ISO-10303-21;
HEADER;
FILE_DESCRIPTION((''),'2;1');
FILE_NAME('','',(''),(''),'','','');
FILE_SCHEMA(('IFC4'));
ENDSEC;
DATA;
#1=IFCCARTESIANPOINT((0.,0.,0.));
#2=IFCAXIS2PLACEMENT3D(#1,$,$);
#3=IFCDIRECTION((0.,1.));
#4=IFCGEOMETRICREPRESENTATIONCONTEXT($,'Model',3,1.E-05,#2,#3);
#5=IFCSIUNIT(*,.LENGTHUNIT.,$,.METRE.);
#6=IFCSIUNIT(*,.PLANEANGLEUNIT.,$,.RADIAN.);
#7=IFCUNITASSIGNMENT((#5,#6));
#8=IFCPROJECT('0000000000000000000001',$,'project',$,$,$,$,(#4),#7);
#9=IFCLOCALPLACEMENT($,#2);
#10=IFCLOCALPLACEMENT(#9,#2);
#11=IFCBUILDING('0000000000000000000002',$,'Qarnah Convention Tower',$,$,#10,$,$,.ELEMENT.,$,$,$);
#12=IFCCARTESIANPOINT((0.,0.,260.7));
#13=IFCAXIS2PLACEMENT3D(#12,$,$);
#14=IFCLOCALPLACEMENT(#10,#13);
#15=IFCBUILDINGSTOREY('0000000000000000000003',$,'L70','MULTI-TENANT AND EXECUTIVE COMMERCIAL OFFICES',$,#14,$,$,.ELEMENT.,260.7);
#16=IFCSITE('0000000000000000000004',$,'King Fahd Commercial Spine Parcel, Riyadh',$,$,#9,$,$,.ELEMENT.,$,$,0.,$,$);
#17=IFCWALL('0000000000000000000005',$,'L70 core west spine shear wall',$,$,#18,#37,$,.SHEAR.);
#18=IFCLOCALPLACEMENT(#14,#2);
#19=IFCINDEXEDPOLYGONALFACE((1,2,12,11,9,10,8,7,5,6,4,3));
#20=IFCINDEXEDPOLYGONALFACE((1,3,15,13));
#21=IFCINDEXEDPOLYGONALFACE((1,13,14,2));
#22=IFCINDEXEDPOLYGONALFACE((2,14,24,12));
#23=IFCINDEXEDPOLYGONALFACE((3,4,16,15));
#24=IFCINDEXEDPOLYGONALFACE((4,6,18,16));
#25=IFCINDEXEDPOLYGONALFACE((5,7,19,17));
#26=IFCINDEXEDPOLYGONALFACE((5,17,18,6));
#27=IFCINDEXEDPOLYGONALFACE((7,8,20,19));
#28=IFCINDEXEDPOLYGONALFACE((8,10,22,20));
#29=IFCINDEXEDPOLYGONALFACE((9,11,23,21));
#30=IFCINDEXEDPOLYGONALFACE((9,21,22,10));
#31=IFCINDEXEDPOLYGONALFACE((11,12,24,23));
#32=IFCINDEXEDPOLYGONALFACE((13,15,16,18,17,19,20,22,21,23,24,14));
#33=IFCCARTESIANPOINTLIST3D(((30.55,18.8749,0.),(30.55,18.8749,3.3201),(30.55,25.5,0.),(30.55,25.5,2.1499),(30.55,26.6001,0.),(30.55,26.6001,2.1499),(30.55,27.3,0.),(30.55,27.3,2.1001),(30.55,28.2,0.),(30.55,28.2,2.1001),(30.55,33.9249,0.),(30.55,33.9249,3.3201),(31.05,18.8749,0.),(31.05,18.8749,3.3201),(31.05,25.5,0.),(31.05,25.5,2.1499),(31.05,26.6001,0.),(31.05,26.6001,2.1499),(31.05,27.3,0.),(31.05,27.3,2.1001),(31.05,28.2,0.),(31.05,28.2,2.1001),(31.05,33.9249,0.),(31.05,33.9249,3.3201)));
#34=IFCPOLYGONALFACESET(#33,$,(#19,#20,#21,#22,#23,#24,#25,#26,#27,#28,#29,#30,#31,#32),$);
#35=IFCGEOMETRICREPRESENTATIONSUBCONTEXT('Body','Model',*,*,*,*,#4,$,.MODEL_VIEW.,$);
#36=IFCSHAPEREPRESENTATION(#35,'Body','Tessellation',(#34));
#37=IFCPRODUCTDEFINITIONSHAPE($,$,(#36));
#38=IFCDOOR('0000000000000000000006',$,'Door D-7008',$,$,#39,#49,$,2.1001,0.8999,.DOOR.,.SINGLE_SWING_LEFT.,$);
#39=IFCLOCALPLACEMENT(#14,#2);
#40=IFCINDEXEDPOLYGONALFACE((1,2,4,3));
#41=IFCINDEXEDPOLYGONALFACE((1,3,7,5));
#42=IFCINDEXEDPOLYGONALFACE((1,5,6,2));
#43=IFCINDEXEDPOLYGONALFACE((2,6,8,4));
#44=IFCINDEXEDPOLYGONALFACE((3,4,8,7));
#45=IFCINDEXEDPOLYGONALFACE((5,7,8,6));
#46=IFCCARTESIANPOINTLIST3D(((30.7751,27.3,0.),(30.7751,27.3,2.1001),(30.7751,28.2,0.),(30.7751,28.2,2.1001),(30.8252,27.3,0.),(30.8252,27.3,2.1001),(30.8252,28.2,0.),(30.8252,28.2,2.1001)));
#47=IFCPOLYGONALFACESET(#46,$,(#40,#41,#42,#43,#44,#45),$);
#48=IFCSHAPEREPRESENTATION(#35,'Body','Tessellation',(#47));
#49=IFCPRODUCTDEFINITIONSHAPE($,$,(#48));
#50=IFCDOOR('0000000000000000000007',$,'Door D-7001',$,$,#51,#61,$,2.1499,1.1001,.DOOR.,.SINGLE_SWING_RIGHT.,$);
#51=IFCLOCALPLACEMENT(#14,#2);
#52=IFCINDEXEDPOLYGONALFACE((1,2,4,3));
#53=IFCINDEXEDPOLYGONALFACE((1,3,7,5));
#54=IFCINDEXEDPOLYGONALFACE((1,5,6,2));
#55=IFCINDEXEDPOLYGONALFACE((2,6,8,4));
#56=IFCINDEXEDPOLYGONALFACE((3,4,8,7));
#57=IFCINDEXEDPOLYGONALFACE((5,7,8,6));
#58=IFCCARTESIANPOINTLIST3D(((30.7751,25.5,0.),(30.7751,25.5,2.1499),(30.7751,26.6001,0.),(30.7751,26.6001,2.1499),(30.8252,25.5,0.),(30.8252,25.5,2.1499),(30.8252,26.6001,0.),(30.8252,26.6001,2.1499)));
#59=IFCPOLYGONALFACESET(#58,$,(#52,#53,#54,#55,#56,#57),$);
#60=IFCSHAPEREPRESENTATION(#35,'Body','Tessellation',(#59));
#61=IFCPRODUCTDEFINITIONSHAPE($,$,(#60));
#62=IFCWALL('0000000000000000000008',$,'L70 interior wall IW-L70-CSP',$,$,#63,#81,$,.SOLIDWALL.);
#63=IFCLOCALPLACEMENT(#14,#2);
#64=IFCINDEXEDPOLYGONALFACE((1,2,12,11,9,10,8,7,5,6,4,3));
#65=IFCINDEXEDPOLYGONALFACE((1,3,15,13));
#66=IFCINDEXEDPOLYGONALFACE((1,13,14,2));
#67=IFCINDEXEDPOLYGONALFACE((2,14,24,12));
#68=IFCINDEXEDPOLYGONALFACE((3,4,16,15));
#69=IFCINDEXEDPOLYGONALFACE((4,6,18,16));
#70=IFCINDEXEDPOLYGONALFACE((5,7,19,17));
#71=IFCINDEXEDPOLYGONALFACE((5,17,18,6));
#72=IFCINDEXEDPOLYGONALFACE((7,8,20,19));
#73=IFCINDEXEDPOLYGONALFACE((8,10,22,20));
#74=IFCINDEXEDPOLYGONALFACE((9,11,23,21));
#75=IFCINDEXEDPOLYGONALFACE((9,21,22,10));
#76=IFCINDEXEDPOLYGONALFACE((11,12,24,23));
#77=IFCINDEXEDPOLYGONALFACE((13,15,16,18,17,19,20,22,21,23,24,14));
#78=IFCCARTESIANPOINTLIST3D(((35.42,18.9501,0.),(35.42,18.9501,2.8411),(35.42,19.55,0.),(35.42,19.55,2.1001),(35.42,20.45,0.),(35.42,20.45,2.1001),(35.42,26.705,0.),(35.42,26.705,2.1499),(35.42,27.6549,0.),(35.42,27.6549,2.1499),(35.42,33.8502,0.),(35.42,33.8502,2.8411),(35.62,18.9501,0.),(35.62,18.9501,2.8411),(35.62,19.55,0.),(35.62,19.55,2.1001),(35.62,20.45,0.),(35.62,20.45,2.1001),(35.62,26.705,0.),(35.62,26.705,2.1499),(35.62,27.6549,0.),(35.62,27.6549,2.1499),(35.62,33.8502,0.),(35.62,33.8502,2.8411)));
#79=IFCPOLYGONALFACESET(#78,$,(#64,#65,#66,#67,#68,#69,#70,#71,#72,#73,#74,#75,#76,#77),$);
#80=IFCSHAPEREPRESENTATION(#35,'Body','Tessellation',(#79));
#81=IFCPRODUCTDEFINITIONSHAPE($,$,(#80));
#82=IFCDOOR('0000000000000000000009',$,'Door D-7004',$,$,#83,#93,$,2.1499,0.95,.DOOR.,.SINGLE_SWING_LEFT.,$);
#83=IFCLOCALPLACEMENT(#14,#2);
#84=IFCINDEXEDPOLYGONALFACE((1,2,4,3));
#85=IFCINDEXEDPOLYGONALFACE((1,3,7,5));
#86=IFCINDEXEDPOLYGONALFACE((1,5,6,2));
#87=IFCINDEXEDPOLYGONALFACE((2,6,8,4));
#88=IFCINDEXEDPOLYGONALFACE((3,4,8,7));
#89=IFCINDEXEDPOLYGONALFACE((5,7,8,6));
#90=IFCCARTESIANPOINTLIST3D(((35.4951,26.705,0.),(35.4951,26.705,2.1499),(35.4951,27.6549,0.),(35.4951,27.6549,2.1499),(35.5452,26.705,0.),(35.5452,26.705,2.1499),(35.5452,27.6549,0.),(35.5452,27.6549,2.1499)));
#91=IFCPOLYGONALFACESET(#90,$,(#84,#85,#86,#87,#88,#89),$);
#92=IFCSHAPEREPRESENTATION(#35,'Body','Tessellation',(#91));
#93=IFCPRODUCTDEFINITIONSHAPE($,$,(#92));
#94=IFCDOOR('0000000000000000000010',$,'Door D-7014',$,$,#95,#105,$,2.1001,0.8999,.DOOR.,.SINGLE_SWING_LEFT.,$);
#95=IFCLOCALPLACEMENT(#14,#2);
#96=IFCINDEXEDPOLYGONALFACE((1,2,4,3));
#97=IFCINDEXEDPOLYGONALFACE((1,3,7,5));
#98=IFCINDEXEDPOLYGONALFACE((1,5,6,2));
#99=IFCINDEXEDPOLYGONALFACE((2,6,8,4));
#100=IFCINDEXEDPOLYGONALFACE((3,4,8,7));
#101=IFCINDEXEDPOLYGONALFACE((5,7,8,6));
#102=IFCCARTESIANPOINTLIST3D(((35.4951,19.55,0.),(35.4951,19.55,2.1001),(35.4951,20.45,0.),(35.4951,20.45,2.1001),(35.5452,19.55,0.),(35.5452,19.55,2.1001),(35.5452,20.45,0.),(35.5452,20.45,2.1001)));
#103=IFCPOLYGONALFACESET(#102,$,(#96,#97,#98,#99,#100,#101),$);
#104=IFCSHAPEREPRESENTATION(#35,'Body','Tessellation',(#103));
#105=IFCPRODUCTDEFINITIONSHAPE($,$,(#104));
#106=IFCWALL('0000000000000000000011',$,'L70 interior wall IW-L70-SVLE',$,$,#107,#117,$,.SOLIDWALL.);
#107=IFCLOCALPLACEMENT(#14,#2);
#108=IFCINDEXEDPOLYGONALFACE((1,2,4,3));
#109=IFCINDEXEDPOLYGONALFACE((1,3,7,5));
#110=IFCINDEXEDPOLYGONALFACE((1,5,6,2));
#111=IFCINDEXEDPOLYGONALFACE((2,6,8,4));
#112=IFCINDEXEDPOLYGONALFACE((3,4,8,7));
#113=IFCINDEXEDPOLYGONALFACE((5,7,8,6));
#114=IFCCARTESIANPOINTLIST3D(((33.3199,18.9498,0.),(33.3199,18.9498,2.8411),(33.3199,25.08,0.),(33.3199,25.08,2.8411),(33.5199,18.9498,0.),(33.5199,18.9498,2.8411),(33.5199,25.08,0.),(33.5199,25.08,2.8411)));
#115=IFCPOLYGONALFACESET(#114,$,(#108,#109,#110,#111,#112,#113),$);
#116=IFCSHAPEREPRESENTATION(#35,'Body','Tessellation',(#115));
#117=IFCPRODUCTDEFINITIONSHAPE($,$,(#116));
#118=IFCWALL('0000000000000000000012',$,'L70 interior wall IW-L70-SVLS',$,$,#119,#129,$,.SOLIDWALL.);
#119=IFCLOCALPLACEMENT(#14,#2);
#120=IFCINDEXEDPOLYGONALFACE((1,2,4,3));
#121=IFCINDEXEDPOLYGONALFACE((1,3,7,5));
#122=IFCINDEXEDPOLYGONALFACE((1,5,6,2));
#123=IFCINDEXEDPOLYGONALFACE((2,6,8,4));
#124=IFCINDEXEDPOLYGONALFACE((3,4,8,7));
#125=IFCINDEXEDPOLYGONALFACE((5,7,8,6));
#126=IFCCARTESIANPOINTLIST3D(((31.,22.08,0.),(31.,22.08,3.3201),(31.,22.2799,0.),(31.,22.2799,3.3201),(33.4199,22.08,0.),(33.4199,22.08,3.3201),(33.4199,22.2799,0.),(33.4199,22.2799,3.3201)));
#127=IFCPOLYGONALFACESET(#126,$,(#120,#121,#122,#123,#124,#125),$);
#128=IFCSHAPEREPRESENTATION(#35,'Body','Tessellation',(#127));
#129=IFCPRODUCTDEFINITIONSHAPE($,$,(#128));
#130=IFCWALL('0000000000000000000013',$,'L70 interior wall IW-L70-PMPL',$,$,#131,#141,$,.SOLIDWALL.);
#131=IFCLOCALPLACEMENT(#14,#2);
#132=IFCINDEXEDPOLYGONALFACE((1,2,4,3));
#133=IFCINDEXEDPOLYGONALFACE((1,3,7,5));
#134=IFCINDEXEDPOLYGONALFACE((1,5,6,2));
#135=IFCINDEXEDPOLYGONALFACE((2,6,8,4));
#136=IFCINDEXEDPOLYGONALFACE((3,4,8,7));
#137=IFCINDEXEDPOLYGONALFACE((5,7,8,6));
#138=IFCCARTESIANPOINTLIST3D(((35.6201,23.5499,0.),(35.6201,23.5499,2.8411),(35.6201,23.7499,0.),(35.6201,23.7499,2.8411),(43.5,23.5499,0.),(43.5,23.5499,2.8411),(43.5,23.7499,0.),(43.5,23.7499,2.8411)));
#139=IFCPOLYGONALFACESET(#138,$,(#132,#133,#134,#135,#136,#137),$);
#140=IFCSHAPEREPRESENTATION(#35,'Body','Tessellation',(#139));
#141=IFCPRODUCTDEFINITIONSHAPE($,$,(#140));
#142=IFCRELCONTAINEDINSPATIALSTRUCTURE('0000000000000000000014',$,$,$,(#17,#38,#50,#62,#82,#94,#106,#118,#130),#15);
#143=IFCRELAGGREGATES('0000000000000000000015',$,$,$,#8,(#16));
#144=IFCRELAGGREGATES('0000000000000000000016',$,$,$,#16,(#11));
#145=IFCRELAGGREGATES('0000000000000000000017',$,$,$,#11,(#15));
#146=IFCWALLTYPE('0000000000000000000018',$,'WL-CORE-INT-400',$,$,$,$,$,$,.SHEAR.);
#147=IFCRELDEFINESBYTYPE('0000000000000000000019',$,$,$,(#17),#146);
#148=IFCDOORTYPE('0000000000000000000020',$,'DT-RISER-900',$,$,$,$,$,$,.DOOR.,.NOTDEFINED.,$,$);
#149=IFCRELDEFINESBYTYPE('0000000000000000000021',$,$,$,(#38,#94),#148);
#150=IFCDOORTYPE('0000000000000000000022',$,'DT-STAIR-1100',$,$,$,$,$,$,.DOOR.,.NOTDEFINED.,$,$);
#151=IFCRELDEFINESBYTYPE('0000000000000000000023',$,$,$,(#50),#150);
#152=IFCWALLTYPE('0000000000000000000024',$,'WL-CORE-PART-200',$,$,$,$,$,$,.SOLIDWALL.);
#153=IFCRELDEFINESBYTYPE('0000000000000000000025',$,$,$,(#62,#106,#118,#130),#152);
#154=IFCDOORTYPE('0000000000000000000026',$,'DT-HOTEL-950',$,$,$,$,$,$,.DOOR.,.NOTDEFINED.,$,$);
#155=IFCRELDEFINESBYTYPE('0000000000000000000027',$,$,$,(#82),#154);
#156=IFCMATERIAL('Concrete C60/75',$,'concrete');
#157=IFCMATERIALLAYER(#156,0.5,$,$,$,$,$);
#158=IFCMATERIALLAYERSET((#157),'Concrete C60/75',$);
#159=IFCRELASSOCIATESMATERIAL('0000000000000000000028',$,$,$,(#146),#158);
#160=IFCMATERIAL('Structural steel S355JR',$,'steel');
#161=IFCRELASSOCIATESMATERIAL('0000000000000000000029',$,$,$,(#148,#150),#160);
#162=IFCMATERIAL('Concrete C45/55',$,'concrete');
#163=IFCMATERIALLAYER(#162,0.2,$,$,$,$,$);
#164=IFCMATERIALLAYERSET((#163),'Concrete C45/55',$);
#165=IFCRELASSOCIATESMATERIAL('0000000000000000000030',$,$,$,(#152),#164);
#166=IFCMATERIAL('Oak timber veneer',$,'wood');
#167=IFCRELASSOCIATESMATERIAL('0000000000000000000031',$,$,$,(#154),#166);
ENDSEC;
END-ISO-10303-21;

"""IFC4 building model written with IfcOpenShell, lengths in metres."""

from ifc_helpers import new_model, si_unit, direction, frame, frame_2d, origin, place, context, subcontext, project, spatial, rectangle, extrude, material, layer, layer_set, type_object, element, fill, save


model = new_model("IFC4")

# Units and contexts
model_context = context("Model", 3, precision=1e-05, world=origin(), true_north=direction((0.0, 1.0)))
body_context = subcontext(model_context, "Body", "Model", "MODEL_VIEW")
ifc_project = project(units=[si_unit("LENGTHUNIT", "METRE"), si_unit("PLANEANGLEUNIT", "RADIAN")], contexts=[model_context])

# Site, building, storey
site_placement = place(None, origin())
site = spatial("IfcSite", under=ifc_project, at=site_placement, Name="King Fahd Commercial Spine Parcel, Riyadh", CompositionType="ELEMENT", RefElevation=0.0)
building_placement = place(site_placement, origin())
building = spatial("IfcBuilding", under=site, at=building_placement, Name="Qarnah Convention Tower", CompositionType="ELEMENT")
storey_placement = place(building_placement, frame((0.0, 0.0, 260.7)))
storey = spatial("IfcBuildingStorey", under=building, at=storey_placement, Name="L70", Description="MULTI-TENANT AND EXECUTIVE COMMERCIAL OFFICES", CompositionType="ELEMENT", Elevation=260.7)

# Shared definitions
ifc_material_1 = material(Name="Structural steel S355JR", Category="steel")

# Walls, openings, doors
ifc_material_2 = material(Name="Concrete C60/75", Category="concrete")
ifc_layer_1 = layer(ifc_material_2, 0.5)
ifc_layer_set_1 = layer_set([ifc_layer_1], Name="Concrete C60/75")
wall_type_1 = type_object("IfcWallType", Name="WL-CORE-INT-400", PredefinedType="SHEAR", material=ifc_layer_set_1)
wall_1_placement = place(storey_placement, frame((30.8, 18.875, 0.0), z_axis=(0.0, 0.0, 1.0), x_axis=(0.0, 1.0, 0.0)))
wall_1 = element("IfcWall", 1, at=wall_1_placement, inside=storey, type_object=wall_type_1, Name="L70 core west spine shear wall", PredefinedType="SHEAR", context=body_context, shape_type="SweptSolid", body=[
    extrude(rectangle(XDim=15.05, YDim=0.5, at=frame_2d((7.5249, 0.0))), origin(), (0.0, 0.0, 1.0), 3.3201),
])
opening_1_placement = place(wall_1_placement, frame((6.625, 0.0, 0.0)))
opening_1 = element("IfcOpeningElement", 2, at=opening_1_placement, cuts=wall_1, PredefinedType="OPENING", context=body_context, shape_type="SweptSolid", body=[
    extrude(rectangle(XDim=1.1001, YDim=2.1499, at=frame_2d((0.55, 1.075))), frame((0.0, 0.26, 0.0), z_axis=(0.0, -1.0, 0.0), x_axis=(1.0, 0.0, 0.0)), (0.0, 0.0, 1.0), 0.52),
])
opening_2_placement = place(wall_1_placement, frame((8.425, 0.0, 0.0)))
opening_2 = element("IfcOpeningElement", 3, at=opening_2_placement, cuts=wall_1, PredefinedType="OPENING", context=body_context, shape_type="SweptSolid", body=[
    extrude(rectangle(XDim=0.8999, YDim=2.1001, at=frame_2d((0.45, 1.05))), frame((0.0, 0.26, 0.0), z_axis=(0.0, -1.0, 0.0), x_axis=(1.0, 0.0, 0.0)), (0.0, 0.0, 1.0), 0.52),
])
door_type_1 = type_object("IfcDoorType", Name="DT-RISER-900", OperationType="NOTDEFINED", PredefinedType="DOOR", material=ifc_material_1)
door_1_placement = place(opening_2_placement, origin())
door_1 = element("IfcDoor", 4, at=door_1_placement, inside=storey, type_object=door_type_1, Name="Door D-7008", OperationType="SINGLE_SWING_LEFT", OverallHeight=2.1001, OverallWidth=0.8999, PredefinedType="DOOR", context=body_context, shape_type="SweptSolid", body=[
    extrude(rectangle(XDim=0.8999, YDim=2.1001, at=frame_2d((0.45, 1.05))), frame((0.0, 0.0249, 0.0), z_axis=(0.0, -1.0, 0.0), x_axis=(1.0, 0.0, 0.0)), (0.0, 0.0, 1.0), 0.05),
])
fill(opening_2, door_1)
door_type_2 = type_object("IfcDoorType", Name="DT-STAIR-1100", OperationType="NOTDEFINED", PredefinedType="DOOR", material=ifc_material_1)
door_2_placement = place(opening_1_placement, origin())
door_2 = element("IfcDoor", 5, at=door_2_placement, inside=storey, type_object=door_type_2, Name="Door D-7001", OperationType="SINGLE_SWING_RIGHT", OverallHeight=2.1499, OverallWidth=1.1001, PredefinedType="DOOR", context=body_context, shape_type="SweptSolid", body=[
    extrude(rectangle(XDim=1.1001, YDim=2.1499, at=frame_2d((0.55, 1.075))), frame((0.0, 0.0249, 0.0), z_axis=(0.0, -1.0, 0.0), x_axis=(1.0, 0.0, 0.0)), (0.0, 0.0, 1.0), 0.05),
])
fill(opening_1, door_2)
ifc_material_3 = material(Name="Concrete C45/55", Category="concrete")
ifc_layer_2 = layer(ifc_material_3, 0.2)
ifc_layer_set_2 = layer_set([ifc_layer_2], Name="Concrete C45/55")
wall_type_2 = type_object("IfcWallType", Name="WL-CORE-PART-200", PredefinedType="SOLIDWALL", material=ifc_layer_set_2)
wall_2_placement = place(storey_placement, frame((35.52, 18.95, 0.0), z_axis=(0.0, 0.0, 1.0), x_axis=(0.0, 1.0, 0.0)))
wall_2 = element("IfcWall", 6, at=wall_2_placement, inside=storey, type_object=wall_type_2, Name="L70 interior wall IW-L70-CSP", PredefinedType="SOLIDWALL", context=body_context, shape_type="SweptSolid", body=[
    extrude(rectangle(XDim=14.9001, YDim=0.2, at=frame_2d((7.4502, 0.0))), origin(), (0.0, 0.0, 1.0), 2.8411),
])
opening_3_placement = place(wall_2_placement, frame((7.7549, 0.0, 0.0)))
opening_3 = element("IfcOpeningElement", 7, at=opening_3_placement, cuts=wall_2, PredefinedType="OPENING", context=body_context, shape_type="SweptSolid", body=[
    extrude(rectangle(XDim=0.95, YDim=2.1499, at=frame_2d((0.4751, 1.075))), frame((0.0, 0.1099, 0.0), z_axis=(0.0, -1.0, 0.0), x_axis=(1.0, 0.0, 0.0)), (0.0, 0.0, 1.0), 0.22),
])
opening_4_placement = place(wall_2_placement, frame((0.6001, 0.0, 0.0)))
opening_4 = element("IfcOpeningElement", 8, at=opening_4_placement, cuts=wall_2, PredefinedType="OPENING", context=body_context, shape_type="SweptSolid", body=[
    extrude(rectangle(XDim=0.8999, YDim=2.1001, at=frame_2d((0.45, 1.05))), frame((0.0, 0.1099, 0.0), z_axis=(0.0, -1.0, 0.0), x_axis=(1.0, 0.0, 0.0)), (0.0, 0.0, 1.0), 0.22),
])
ifc_material_4 = material(Name="Oak timber veneer", Category="wood")
door_type_3 = type_object("IfcDoorType", Name="DT-HOTEL-950", OperationType="NOTDEFINED", PredefinedType="DOOR", material=ifc_material_4)
door_3_placement = place(opening_3_placement, origin())
door_3 = element("IfcDoor", 9, at=door_3_placement, inside=storey, type_object=door_type_3, Name="Door D-7004", OperationType="SINGLE_SWING_LEFT", OverallHeight=2.1499, OverallWidth=0.95, PredefinedType="DOOR", context=body_context, shape_type="SweptSolid", body=[
    extrude(rectangle(XDim=0.95, YDim=2.1499, at=frame_2d((0.4751, 1.075))), frame((0.0, 0.0249, 0.0), z_axis=(0.0, -1.0, 0.0), x_axis=(1.0, 0.0, 0.0)), (0.0, 0.0, 1.0), 0.05),
])
fill(opening_3, door_3)
door_4_placement = place(opening_4_placement, origin())
door_4 = element("IfcDoor", 10, at=door_4_placement, inside=storey, type_object=door_type_1, Name="Door D-7014", OperationType="SINGLE_SWING_LEFT", OverallHeight=2.1001, OverallWidth=0.8999, PredefinedType="DOOR", context=body_context, shape_type="SweptSolid", body=[
    extrude(rectangle(XDim=0.8999, YDim=2.1001, at=frame_2d((0.45, 1.05))), frame((0.0, 0.0249, 0.0), z_axis=(0.0, -1.0, 0.0), x_axis=(1.0, 0.0, 0.0)), (0.0, 0.0, 1.0), 0.05),
])
fill(opening_4, door_4)

# Walls
wall_3_placement = place(storey_placement, frame((33.4199, 18.95, 0.0), z_axis=(0.0, 0.0, 1.0), x_axis=(0.0, 1.0, 0.0)))
element("IfcWall", 11, at=wall_3_placement, inside=storey, type_object=wall_type_2, Name="L70 interior wall IW-L70-SVLE", PredefinedType="SOLIDWALL", context=body_context, shape_type="SweptSolid", body=[
    extrude(rectangle(XDim=6.1301, YDim=0.2, at=frame_2d((3.0649, 0.0))), origin(), (0.0, 0.0, 1.0), 2.8411),
])
wall_4_placement = place(storey_placement, frame((31.0, 22.1799, 0.0), z_axis=(0.0, 0.0, 1.0), x_axis=(1.0, 0.0, 0.0)))
element("IfcWall", 12, at=wall_4_placement, inside=storey, type_object=wall_type_2, Name="L70 interior wall IW-L70-SVLS", PredefinedType="SOLIDWALL", context=body_context, shape_type="SweptSolid", body=[
    extrude(rectangle(XDim=2.4199, YDim=0.2, at=frame_2d((1.21, 0.0))), origin(), (0.0, 0.0, 1.0), 3.3201),
])
wall_5_placement = place(storey_placement, frame((35.6201, 23.6499, 0.0), z_axis=(0.0, 0.0, 1.0), x_axis=(1.0, 0.0, 0.0)))
element("IfcWall", 13, at=wall_5_placement, inside=storey, type_object=wall_type_2, Name="L70 interior wall IW-L70-PMPL", PredefinedType="SOLIDWALL", context=body_context, shape_type="SweptSolid", body=[
    extrude(rectangle(XDim=7.8799, YDim=0.2, at=frame_2d((3.9399, 0.0))), origin(), (0.0, 0.0, 1.0), 2.8411),
])

save(model, "model.ifc")
